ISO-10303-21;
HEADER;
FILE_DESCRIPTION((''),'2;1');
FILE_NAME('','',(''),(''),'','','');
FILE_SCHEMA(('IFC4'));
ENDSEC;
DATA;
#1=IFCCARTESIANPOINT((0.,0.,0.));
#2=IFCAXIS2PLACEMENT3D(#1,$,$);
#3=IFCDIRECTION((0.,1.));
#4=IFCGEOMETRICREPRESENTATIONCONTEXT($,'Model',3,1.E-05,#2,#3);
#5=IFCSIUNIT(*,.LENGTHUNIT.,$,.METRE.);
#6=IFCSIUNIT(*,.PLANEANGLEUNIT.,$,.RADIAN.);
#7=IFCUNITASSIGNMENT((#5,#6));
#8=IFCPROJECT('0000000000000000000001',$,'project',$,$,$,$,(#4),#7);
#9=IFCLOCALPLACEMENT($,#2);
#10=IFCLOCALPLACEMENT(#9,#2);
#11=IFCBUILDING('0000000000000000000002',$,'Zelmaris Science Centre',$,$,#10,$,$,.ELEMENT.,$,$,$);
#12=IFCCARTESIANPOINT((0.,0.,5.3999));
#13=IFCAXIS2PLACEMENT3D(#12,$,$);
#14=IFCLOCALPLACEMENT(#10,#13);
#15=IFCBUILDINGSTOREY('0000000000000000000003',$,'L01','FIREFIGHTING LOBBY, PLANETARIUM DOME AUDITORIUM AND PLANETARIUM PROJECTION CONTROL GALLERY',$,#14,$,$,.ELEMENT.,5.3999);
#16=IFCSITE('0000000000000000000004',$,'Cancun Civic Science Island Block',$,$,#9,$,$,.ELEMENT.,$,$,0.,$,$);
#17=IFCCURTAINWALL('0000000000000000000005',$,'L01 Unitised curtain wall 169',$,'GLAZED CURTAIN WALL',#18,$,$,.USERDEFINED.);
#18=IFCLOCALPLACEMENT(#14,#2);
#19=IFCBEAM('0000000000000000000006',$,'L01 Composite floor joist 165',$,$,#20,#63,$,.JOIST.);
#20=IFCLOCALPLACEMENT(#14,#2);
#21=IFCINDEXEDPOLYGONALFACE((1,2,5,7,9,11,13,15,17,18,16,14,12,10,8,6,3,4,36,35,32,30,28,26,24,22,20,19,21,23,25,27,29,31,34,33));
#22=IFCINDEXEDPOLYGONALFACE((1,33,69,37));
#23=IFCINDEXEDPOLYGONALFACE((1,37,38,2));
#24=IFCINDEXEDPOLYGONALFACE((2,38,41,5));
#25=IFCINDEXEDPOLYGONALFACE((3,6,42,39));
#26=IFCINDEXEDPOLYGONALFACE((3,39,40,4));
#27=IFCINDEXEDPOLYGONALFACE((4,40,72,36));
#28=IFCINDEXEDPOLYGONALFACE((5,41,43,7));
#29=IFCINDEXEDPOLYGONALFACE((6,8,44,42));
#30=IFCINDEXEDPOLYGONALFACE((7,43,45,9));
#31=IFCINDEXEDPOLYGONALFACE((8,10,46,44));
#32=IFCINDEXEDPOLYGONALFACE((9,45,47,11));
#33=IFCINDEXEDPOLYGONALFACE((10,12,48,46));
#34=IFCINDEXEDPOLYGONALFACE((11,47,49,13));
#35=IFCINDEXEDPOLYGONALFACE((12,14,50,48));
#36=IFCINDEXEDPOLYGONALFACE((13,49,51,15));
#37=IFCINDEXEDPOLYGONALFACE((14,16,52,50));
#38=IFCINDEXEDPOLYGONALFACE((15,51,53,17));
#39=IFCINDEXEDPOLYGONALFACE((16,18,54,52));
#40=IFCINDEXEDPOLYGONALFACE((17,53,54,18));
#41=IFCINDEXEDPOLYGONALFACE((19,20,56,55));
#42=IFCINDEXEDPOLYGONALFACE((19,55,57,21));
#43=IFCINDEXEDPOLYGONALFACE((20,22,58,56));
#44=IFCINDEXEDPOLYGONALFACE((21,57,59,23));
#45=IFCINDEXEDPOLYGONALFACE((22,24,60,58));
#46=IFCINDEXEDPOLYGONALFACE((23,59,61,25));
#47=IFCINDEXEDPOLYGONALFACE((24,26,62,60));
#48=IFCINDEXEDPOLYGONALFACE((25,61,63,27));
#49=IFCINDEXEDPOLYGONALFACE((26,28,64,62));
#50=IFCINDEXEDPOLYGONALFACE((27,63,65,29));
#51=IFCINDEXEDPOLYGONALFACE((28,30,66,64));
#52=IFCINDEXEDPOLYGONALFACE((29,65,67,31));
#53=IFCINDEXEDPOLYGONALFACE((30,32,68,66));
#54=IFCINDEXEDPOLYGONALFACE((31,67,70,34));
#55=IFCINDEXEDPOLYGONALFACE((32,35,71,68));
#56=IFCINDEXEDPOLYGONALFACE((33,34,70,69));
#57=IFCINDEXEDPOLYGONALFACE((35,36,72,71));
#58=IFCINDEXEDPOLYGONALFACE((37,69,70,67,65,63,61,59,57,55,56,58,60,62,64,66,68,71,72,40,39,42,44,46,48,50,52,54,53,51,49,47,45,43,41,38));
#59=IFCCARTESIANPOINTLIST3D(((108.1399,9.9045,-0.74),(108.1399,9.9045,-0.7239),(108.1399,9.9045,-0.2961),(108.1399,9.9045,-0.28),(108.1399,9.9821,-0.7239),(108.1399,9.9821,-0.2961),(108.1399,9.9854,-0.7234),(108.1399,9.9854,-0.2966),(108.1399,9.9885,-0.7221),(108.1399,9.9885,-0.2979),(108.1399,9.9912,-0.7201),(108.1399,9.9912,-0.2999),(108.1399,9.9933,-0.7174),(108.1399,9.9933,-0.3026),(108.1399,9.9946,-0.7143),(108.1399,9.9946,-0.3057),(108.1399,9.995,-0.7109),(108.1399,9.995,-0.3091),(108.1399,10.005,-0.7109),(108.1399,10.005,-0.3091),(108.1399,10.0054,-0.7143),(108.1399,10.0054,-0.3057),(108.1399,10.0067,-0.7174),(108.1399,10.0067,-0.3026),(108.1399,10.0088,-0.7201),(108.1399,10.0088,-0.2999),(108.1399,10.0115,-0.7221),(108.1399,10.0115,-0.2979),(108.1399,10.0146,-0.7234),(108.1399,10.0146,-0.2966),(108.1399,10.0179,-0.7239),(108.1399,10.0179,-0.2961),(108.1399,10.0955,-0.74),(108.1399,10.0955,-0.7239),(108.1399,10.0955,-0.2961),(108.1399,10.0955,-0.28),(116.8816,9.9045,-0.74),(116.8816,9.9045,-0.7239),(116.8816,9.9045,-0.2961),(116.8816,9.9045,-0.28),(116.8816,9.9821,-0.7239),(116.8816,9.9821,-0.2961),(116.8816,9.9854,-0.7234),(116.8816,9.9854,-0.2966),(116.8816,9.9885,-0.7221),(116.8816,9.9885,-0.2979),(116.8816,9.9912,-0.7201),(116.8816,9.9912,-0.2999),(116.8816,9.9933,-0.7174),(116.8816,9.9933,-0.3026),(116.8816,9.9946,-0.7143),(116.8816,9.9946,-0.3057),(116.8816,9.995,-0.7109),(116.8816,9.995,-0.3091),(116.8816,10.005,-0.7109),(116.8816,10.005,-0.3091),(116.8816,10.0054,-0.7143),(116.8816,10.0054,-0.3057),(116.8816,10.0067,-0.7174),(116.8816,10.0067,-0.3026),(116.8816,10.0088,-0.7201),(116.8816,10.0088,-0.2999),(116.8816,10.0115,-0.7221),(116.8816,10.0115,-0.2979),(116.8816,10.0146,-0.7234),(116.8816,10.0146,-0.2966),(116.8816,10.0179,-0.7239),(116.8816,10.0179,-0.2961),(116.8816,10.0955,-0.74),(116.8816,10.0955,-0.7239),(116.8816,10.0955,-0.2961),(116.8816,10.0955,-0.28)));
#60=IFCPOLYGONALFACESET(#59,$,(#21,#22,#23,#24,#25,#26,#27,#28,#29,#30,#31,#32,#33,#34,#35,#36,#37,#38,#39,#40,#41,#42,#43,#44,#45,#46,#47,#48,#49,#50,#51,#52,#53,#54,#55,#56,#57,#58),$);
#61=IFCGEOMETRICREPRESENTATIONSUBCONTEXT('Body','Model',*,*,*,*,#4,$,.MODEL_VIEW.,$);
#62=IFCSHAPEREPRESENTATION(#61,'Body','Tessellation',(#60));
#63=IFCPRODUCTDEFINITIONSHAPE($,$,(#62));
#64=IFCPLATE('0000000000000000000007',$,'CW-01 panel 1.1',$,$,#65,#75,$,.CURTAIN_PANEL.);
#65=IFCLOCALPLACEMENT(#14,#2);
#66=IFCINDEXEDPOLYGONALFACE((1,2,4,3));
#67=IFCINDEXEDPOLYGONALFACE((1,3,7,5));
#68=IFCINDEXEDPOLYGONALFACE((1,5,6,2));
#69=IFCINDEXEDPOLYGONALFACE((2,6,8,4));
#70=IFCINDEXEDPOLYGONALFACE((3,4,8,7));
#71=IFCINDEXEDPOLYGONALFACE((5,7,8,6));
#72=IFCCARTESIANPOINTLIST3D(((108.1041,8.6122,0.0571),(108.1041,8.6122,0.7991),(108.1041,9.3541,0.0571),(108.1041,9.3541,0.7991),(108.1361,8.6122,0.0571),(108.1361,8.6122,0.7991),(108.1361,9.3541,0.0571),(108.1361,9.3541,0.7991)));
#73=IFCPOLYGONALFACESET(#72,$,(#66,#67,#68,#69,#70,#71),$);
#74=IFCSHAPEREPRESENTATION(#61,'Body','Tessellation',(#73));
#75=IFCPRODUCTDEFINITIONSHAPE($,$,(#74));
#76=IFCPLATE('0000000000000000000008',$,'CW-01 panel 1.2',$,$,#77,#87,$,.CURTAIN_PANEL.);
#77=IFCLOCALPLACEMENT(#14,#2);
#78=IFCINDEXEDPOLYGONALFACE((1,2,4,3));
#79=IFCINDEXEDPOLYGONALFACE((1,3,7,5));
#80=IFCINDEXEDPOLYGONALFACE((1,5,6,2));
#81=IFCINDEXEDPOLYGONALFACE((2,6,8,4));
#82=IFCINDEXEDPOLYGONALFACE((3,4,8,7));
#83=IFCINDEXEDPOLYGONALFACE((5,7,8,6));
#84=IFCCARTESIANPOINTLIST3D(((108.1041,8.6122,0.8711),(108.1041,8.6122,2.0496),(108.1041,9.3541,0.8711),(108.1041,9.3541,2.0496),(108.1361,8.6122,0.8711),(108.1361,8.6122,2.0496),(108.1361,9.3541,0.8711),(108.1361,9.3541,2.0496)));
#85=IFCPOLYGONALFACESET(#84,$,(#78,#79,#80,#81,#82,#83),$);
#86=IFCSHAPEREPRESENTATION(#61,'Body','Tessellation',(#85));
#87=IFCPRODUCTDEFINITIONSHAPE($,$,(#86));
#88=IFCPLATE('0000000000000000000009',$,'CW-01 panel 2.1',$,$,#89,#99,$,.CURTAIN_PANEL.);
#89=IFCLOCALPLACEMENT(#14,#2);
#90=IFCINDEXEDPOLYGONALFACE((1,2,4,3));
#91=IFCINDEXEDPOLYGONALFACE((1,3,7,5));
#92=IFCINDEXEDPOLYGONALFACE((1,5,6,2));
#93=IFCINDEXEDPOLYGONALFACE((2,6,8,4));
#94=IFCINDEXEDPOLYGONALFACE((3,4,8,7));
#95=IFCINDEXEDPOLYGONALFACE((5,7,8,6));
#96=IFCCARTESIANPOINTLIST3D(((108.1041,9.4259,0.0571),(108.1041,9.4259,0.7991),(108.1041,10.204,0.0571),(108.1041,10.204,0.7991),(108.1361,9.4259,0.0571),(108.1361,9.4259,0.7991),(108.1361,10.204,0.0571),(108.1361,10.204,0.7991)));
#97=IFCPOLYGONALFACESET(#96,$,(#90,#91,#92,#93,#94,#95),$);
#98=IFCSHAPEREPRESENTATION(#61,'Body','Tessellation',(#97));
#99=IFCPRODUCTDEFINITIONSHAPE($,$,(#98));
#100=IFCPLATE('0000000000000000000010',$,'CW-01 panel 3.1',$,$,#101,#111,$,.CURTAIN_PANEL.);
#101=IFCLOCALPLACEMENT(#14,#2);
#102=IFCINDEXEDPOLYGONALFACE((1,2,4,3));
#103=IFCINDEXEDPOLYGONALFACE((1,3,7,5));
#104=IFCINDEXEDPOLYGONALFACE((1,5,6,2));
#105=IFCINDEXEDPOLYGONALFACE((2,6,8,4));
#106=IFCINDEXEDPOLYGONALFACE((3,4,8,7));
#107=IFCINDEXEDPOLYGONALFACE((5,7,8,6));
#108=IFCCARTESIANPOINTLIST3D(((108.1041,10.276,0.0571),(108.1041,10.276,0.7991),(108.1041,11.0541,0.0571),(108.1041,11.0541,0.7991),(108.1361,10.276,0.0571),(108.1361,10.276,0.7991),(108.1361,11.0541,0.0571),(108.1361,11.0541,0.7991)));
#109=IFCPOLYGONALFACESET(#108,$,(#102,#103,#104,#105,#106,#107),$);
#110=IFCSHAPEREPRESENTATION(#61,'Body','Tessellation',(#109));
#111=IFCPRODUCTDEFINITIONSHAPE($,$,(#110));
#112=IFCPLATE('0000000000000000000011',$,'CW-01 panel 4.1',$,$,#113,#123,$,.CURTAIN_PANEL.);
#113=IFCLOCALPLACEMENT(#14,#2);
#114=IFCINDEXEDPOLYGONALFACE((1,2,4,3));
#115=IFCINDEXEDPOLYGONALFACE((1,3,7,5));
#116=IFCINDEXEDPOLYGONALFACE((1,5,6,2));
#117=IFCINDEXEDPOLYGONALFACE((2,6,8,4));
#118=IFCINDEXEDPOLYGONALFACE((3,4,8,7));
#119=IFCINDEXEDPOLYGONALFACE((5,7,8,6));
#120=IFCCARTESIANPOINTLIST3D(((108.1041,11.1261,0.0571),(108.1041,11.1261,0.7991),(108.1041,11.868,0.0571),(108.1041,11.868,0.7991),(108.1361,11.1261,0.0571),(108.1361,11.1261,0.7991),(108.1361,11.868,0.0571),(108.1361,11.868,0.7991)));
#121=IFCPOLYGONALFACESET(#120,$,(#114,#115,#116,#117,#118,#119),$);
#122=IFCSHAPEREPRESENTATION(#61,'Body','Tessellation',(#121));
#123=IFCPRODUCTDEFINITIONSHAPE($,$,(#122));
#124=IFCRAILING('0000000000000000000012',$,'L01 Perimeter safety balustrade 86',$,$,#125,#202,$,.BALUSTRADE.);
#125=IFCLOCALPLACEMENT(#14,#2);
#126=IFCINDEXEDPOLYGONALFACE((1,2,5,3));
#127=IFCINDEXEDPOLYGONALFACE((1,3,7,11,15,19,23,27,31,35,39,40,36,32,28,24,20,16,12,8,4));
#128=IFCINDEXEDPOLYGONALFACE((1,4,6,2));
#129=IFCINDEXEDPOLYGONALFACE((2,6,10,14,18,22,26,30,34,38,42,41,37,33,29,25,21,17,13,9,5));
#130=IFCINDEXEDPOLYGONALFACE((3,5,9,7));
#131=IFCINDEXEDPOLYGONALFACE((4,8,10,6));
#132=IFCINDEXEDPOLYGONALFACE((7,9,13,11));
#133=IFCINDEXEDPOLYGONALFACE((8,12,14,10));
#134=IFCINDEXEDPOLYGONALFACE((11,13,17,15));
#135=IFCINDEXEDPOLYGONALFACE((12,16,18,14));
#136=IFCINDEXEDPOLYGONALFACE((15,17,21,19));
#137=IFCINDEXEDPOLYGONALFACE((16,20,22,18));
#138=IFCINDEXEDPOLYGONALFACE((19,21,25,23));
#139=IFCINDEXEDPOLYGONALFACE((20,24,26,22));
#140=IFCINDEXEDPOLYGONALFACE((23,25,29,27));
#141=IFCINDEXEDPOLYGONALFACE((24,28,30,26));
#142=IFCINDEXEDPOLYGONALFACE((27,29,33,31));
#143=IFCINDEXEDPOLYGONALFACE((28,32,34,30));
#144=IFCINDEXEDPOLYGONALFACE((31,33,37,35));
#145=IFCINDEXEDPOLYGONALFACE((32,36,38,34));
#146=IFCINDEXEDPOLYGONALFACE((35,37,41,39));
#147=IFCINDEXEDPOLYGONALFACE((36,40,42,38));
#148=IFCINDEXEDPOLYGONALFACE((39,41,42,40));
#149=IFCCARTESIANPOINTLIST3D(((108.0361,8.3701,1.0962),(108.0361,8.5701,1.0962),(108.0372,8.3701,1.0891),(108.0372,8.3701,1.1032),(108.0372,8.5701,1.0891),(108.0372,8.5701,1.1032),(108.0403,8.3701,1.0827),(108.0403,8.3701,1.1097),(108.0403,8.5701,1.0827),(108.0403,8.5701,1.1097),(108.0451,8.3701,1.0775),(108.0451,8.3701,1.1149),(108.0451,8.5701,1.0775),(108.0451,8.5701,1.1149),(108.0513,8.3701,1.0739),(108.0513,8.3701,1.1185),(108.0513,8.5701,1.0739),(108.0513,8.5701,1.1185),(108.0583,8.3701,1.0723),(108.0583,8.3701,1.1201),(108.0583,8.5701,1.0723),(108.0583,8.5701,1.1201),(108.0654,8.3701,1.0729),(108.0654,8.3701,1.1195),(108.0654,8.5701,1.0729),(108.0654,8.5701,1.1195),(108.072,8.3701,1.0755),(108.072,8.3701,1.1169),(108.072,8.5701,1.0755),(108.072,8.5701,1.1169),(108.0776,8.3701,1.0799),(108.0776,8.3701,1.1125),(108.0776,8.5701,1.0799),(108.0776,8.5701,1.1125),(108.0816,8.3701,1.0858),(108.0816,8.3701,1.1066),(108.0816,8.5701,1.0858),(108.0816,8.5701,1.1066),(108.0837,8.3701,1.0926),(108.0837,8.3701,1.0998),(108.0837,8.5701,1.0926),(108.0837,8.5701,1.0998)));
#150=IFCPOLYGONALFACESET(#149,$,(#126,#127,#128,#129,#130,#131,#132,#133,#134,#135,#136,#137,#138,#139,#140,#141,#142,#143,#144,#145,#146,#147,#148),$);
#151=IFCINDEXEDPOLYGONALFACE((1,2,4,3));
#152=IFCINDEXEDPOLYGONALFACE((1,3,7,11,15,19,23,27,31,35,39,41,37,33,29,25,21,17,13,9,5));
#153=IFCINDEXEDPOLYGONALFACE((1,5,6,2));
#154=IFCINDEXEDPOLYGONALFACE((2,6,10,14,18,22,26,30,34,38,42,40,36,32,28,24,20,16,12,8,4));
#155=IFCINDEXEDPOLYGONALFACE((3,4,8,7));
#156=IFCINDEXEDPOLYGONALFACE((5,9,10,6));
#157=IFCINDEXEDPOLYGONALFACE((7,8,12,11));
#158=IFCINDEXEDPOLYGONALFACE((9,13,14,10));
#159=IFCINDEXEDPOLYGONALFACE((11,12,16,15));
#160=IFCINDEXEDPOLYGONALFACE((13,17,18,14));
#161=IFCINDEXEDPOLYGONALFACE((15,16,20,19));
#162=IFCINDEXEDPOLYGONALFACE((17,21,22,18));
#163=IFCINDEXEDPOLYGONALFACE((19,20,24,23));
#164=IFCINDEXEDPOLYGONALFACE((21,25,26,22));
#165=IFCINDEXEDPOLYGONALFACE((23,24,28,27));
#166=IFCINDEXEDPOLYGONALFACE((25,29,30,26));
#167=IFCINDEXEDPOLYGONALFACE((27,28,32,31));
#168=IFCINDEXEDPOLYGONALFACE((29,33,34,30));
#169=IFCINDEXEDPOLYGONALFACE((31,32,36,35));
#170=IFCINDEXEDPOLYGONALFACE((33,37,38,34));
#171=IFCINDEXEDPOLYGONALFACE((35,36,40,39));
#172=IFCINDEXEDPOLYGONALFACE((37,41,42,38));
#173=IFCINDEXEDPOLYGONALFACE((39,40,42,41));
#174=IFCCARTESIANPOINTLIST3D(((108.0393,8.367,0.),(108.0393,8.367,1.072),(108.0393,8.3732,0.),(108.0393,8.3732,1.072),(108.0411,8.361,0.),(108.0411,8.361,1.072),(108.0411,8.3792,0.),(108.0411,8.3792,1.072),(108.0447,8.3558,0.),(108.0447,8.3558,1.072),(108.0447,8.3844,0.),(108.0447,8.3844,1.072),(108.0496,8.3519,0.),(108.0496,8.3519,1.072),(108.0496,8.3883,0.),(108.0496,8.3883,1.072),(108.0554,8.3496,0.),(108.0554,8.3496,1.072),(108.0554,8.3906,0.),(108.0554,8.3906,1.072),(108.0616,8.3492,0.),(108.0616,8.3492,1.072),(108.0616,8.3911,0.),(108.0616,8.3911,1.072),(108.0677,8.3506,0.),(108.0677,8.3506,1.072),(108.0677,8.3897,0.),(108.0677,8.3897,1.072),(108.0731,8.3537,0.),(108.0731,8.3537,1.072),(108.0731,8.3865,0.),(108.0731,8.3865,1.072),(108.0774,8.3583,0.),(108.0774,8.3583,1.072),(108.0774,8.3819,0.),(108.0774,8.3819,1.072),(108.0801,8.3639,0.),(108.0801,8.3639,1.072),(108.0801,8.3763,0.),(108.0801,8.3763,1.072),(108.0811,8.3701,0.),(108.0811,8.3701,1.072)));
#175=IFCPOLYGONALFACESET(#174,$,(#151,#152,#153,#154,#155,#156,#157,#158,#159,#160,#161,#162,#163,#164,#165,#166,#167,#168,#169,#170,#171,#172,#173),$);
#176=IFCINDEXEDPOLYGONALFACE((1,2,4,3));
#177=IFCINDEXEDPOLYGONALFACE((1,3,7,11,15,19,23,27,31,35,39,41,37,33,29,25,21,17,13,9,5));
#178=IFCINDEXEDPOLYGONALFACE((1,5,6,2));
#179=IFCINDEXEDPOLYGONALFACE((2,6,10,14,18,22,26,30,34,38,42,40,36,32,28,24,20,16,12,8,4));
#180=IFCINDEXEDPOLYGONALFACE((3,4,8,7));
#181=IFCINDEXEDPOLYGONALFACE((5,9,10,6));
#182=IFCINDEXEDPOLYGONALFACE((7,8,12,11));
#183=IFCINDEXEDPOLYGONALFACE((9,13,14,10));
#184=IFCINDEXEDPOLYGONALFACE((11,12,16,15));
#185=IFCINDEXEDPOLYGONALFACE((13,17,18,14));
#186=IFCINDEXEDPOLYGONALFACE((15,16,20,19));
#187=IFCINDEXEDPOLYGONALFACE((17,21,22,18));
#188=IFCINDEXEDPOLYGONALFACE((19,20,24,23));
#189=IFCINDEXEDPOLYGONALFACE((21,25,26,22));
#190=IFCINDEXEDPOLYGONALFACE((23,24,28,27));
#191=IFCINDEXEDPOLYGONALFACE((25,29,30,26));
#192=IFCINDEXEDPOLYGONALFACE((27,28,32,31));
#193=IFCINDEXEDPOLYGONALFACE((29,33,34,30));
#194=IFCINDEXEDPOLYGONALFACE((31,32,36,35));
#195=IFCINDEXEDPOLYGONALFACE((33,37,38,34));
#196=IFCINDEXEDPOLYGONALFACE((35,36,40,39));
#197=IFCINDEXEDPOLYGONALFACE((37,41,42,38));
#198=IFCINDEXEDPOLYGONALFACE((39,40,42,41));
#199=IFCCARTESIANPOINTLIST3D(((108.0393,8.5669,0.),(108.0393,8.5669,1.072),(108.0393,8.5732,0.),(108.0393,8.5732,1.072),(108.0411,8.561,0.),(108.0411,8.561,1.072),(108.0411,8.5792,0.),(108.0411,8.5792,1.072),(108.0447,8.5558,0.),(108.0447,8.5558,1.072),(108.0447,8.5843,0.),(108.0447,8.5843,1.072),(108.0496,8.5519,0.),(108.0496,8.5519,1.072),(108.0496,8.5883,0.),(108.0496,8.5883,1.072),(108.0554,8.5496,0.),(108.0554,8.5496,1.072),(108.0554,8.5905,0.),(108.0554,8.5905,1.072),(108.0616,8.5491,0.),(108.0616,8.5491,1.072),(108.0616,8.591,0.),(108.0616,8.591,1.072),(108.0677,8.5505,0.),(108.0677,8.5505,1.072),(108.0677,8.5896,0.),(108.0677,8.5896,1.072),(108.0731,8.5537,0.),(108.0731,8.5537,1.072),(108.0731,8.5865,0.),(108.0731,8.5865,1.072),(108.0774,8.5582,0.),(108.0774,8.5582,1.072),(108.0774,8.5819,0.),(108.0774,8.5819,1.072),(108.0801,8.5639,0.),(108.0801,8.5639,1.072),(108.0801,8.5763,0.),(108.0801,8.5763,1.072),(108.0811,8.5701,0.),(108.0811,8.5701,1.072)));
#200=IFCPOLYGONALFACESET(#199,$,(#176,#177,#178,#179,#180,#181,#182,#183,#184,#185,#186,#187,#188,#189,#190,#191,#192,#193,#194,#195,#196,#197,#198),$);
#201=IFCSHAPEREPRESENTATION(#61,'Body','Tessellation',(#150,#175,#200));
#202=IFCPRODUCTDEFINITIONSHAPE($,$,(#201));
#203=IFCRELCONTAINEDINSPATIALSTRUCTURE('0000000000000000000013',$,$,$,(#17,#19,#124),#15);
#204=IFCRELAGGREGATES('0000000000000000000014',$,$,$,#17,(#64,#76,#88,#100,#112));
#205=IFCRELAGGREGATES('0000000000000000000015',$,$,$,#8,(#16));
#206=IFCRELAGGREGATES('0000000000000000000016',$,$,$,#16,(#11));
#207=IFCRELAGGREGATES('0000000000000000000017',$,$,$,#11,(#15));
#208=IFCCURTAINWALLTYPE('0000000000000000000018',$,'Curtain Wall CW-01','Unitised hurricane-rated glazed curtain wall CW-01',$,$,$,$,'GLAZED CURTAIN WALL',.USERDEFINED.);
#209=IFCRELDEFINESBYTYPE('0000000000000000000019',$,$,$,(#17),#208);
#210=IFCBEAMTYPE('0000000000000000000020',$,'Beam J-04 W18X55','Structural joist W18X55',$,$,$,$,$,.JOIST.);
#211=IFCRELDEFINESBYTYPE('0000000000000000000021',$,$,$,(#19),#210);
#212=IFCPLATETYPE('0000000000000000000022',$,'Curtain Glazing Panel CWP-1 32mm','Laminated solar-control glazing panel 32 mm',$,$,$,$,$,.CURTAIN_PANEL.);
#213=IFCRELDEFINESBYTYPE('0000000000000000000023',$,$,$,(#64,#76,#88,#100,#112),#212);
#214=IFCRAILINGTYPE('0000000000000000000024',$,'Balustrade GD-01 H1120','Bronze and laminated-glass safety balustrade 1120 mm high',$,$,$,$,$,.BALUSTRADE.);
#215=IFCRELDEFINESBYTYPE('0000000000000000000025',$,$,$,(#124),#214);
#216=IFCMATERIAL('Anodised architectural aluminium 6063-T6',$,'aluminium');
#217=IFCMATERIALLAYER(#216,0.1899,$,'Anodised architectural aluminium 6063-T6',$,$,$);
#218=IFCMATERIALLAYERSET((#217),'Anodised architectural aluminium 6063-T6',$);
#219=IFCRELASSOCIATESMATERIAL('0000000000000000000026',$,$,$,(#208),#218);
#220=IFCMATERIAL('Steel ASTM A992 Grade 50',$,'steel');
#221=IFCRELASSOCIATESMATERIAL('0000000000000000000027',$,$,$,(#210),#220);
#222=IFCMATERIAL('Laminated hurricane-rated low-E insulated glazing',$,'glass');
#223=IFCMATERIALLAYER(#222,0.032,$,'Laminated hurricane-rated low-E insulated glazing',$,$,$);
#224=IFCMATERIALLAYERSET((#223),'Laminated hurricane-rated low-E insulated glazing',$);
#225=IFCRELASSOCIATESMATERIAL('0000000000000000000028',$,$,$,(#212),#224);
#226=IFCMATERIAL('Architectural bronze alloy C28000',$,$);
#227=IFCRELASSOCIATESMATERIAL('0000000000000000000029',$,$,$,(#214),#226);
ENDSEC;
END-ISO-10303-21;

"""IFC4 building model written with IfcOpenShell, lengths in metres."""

from ifc_helpers import new_model, si_unit, direction, frame, origin, origin_2d, place, context, subcontext, project, spatial, rectangle, circle, i_section, extrude, material, layer, layer_set, material_profile, profile_set, type_object, element, aggregate, save


model = new_model("IFC4")

# Units and contexts
model_context = context("Model", 3, precision=1e-05, world=origin(), true_north=direction((0.0, 1.0)))
body_context = subcontext(model_context, "Body", "Model", "MODEL_VIEW")
ifc_project = project(units=[si_unit("LENGTHUNIT", "METRE"), si_unit("PLANEANGLEUNIT", "RADIAN")], contexts=[model_context])

# Site, building, storey
site_placement = place(None, origin())
site = spatial("IfcSite", under=ifc_project, at=site_placement, Name="Cancun Civic Science Island Block", CompositionType="ELEMENT", RefElevation=0.0)
building_placement = place(site_placement, origin())
building = spatial("IfcBuilding", under=site, at=building_placement, Name="Zelmaris Science Centre", CompositionType="ELEMENT")
storey_placement = place(building_placement, frame((0.0, 0.0, 5.3999)))
storey = spatial("IfcBuildingStorey", under=building, at=storey_placement, Name="L01", Description="FIREFIGHTING LOBBY, PLANETARIUM DOME AUDITORIUM AND PLANETARIUM PROJECTION CONTROL GALLERY", CompositionType="ELEMENT", Elevation=5.3999)

# Curtain wall
ifc_material_1 = material(Name="Anodised architectural aluminium 6063-T6", Category="aluminium")
ifc_layer_1 = layer(ifc_material_1, 0.1899, Name="Anodised architectural aluminium 6063-T6")
ifc_layer_set_1 = layer_set([ifc_layer_1], Name="Anodised architectural aluminium 6063-T6")
curtain_wall_type = type_object("IfcCurtainWallType", Name="Curtain Wall CW-01", Description="Unitised hurricane-rated glazed curtain wall CW-01", ElementType="GLAZED CURTAIN WALL", PredefinedType="USERDEFINED", material=ifc_layer_set_1)
curtain_wall_placement = place(storey_placement, origin())
curtain_wall = element("IfcCurtainWall", 1, at=curtain_wall_placement, inside=storey, type_object=curtain_wall_type, Name="L01 Unitised curtain wall 169", ObjectType="GLAZED CURTAIN WALL", PredefinedType="USERDEFINED")

# Beam
ifc_material_2 = material(Name="Steel ASTM A992 Grade 50", Category="steel")
ifc_material_profile_1 = material_profile(ifc_material_2, i_section(OverallWidth=0.1909, OverallDepth=0.46, WebThickness=0.01, FlangeThickness=0.0161, FilletRadius=0.0129, at=origin_2d()), Name="W18X55")
ifc_profile_set_1 = profile_set([ifc_material_profile_1], Name="Steel ASTM A992 Grade 50")
beam_type_1 = type_object("IfcBeamType", Name="Beam J-04 W18X55", Description="Structural joist W18X55", PredefinedType="JOIST", material=ifc_profile_set_1)
beam_1_placement = place(storey_placement, frame((108.1399, 10.0, -0.51), z_axis=(1.0, 0.0, 0.0), x_axis=(0.0, 1.0, 0.0)))
element("IfcBeam", 2, at=beam_1_placement, inside=storey, type_object=beam_type_1, Name="L01 Composite floor joist 165", PredefinedType="JOIST", context=body_context, shape_type="SweptSolid", body=[
    extrude(i_section(OverallWidth=0.1909, OverallDepth=0.46, WebThickness=0.01, FlangeThickness=0.0161, FilletRadius=0.0129, at=origin_2d()), origin(), (0.0, 0.0, 1.0), 8.7417),
])

# Plates
ifc_material_3 = material(Name="Laminated hurricane-rated low-E insulated glazing", Category="glass")
ifc_layer_2 = layer(ifc_material_3, 0.032, Name="Laminated hurricane-rated low-E insulated glazing")
ifc_layer_set_2 = layer_set([ifc_layer_2], Name="Laminated hurricane-rated low-E insulated glazing")
plate_type = type_object("IfcPlateType", Name="Curtain Glazing Panel CWP-1 32mm", Description="Laminated solar-control glazing panel 32 mm", PredefinedType="CURTAIN_PANEL", material=ifc_layer_set_2)
plate_1_placement = place(storey_placement, frame((108.1201, 8.9832, 0.0571), z_axis=(0.0, 0.0, 1.0), x_axis=(-0.000029, 1.0, 0.0)))
plate_1 = element("IfcPlate", 3, at=plate_1_placement, type_object=plate_type, Name="CW-01 panel 1.1", PredefinedType="CURTAIN_PANEL", context=body_context, shape_type="SweptSolid", body=[
    extrude(rectangle(XDim=0.7419, YDim=0.032, at=origin_2d()), origin(), (0.0, 0.0, 1.0), 0.7419),
])
plate_2_placement = place(storey_placement, frame((108.1201, 8.9832, 0.8711), z_axis=(0.0, 0.0, 1.0), x_axis=(-0.000029, 1.0, 0.0)))
plate_2 = element("IfcPlate", 4, at=plate_2_placement, type_object=plate_type, Name="CW-01 panel 1.2", PredefinedType="CURTAIN_PANEL", context=body_context, shape_type="SweptSolid", body=[
    extrude(rectangle(XDim=0.7419, YDim=0.032, at=origin_2d()), origin(), (0.0, 0.0, 1.0), 1.1785),
])
plate_3_placement = place(storey_placement, frame((108.1201, 9.8149, 0.0571), z_axis=(0.0, 0.0, 1.0), x_axis=(-0.000029, 1.0, 0.0)))
plate_3 = element("IfcPlate", 5, at=plate_3_placement, type_object=plate_type, Name="CW-01 panel 2.1", PredefinedType="CURTAIN_PANEL", context=body_context, shape_type="SweptSolid", body=[
    extrude(rectangle(XDim=0.7781, YDim=0.032, at=origin_2d()), origin(), (0.0, 0.0, 1.0), 0.7419),
])
plate_4_placement = place(storey_placement, frame((108.1201, 10.665, 0.0571), z_axis=(0.0, 0.0, 1.0), x_axis=(-0.000029, 1.0, 0.0)))
plate_4 = element("IfcPlate", 6, at=plate_4_placement, type_object=plate_type, Name="CW-01 panel 3.1", PredefinedType="CURTAIN_PANEL", context=body_context, shape_type="SweptSolid", body=[
    extrude(rectangle(XDim=0.7781, YDim=0.032, at=origin_2d()), origin(), (0.0, 0.0, 1.0), 0.7419),
])
plate_5_placement = place(storey_placement, frame((108.1201, 11.4971, 0.0571), z_axis=(0.0, 0.0, 1.0), x_axis=(-0.000029, 1.0, 0.0)))
plate_5 = element("IfcPlate", 7, at=plate_5_placement, type_object=plate_type, Name="CW-01 panel 4.1", PredefinedType="CURTAIN_PANEL", context=body_context, shape_type="SweptSolid", body=[
    extrude(rectangle(XDim=0.7419, YDim=0.032, at=origin_2d()), origin(), (0.0, 0.0, 1.0), 0.7419),
])
aggregate(curtain_wall, [plate_1, plate_2, plate_3, plate_4, plate_5])

# Railing
ifc_material_4 = material(Name="Architectural bronze alloy C28000")
railing_type = type_object("IfcRailingType", Name="Balustrade GD-01 H1120", Description="Bronze and laminated-glass safety balustrade 1120 mm high", PredefinedType="BALUSTRADE", material=ifc_material_4)
railing_placement = place(storey_placement, frame((108.0601, 8.3701, 0.0)))
element("IfcRailing", 8, at=railing_placement, inside=storey, type_object=railing_type, Name="L01 Perimeter safety balustrade 86", PredefinedType="BALUSTRADE", context=body_context, shape_type="SweptSolid", body=[
    extrude(circle(Radius=0.0239, at=origin_2d()), frame((0.0, 0.0, 1.0962), z_axis=(0.0, 1.0, 0.0), x_axis=(-1.0, 0.0, 0.0)), (0.0, 0.0, 1.0), 0.2),
    extrude(circle(Radius=0.021, at=origin_2d()), origin(), (0.0, 0.0, 1.0), 1.072),
    extrude(circle(Radius=0.021, at=origin_2d()), frame((0.0, 0.2, 0.0)), (0.0, 0.0, 1.0), 1.072),
])

save(model, "model.ifc")
